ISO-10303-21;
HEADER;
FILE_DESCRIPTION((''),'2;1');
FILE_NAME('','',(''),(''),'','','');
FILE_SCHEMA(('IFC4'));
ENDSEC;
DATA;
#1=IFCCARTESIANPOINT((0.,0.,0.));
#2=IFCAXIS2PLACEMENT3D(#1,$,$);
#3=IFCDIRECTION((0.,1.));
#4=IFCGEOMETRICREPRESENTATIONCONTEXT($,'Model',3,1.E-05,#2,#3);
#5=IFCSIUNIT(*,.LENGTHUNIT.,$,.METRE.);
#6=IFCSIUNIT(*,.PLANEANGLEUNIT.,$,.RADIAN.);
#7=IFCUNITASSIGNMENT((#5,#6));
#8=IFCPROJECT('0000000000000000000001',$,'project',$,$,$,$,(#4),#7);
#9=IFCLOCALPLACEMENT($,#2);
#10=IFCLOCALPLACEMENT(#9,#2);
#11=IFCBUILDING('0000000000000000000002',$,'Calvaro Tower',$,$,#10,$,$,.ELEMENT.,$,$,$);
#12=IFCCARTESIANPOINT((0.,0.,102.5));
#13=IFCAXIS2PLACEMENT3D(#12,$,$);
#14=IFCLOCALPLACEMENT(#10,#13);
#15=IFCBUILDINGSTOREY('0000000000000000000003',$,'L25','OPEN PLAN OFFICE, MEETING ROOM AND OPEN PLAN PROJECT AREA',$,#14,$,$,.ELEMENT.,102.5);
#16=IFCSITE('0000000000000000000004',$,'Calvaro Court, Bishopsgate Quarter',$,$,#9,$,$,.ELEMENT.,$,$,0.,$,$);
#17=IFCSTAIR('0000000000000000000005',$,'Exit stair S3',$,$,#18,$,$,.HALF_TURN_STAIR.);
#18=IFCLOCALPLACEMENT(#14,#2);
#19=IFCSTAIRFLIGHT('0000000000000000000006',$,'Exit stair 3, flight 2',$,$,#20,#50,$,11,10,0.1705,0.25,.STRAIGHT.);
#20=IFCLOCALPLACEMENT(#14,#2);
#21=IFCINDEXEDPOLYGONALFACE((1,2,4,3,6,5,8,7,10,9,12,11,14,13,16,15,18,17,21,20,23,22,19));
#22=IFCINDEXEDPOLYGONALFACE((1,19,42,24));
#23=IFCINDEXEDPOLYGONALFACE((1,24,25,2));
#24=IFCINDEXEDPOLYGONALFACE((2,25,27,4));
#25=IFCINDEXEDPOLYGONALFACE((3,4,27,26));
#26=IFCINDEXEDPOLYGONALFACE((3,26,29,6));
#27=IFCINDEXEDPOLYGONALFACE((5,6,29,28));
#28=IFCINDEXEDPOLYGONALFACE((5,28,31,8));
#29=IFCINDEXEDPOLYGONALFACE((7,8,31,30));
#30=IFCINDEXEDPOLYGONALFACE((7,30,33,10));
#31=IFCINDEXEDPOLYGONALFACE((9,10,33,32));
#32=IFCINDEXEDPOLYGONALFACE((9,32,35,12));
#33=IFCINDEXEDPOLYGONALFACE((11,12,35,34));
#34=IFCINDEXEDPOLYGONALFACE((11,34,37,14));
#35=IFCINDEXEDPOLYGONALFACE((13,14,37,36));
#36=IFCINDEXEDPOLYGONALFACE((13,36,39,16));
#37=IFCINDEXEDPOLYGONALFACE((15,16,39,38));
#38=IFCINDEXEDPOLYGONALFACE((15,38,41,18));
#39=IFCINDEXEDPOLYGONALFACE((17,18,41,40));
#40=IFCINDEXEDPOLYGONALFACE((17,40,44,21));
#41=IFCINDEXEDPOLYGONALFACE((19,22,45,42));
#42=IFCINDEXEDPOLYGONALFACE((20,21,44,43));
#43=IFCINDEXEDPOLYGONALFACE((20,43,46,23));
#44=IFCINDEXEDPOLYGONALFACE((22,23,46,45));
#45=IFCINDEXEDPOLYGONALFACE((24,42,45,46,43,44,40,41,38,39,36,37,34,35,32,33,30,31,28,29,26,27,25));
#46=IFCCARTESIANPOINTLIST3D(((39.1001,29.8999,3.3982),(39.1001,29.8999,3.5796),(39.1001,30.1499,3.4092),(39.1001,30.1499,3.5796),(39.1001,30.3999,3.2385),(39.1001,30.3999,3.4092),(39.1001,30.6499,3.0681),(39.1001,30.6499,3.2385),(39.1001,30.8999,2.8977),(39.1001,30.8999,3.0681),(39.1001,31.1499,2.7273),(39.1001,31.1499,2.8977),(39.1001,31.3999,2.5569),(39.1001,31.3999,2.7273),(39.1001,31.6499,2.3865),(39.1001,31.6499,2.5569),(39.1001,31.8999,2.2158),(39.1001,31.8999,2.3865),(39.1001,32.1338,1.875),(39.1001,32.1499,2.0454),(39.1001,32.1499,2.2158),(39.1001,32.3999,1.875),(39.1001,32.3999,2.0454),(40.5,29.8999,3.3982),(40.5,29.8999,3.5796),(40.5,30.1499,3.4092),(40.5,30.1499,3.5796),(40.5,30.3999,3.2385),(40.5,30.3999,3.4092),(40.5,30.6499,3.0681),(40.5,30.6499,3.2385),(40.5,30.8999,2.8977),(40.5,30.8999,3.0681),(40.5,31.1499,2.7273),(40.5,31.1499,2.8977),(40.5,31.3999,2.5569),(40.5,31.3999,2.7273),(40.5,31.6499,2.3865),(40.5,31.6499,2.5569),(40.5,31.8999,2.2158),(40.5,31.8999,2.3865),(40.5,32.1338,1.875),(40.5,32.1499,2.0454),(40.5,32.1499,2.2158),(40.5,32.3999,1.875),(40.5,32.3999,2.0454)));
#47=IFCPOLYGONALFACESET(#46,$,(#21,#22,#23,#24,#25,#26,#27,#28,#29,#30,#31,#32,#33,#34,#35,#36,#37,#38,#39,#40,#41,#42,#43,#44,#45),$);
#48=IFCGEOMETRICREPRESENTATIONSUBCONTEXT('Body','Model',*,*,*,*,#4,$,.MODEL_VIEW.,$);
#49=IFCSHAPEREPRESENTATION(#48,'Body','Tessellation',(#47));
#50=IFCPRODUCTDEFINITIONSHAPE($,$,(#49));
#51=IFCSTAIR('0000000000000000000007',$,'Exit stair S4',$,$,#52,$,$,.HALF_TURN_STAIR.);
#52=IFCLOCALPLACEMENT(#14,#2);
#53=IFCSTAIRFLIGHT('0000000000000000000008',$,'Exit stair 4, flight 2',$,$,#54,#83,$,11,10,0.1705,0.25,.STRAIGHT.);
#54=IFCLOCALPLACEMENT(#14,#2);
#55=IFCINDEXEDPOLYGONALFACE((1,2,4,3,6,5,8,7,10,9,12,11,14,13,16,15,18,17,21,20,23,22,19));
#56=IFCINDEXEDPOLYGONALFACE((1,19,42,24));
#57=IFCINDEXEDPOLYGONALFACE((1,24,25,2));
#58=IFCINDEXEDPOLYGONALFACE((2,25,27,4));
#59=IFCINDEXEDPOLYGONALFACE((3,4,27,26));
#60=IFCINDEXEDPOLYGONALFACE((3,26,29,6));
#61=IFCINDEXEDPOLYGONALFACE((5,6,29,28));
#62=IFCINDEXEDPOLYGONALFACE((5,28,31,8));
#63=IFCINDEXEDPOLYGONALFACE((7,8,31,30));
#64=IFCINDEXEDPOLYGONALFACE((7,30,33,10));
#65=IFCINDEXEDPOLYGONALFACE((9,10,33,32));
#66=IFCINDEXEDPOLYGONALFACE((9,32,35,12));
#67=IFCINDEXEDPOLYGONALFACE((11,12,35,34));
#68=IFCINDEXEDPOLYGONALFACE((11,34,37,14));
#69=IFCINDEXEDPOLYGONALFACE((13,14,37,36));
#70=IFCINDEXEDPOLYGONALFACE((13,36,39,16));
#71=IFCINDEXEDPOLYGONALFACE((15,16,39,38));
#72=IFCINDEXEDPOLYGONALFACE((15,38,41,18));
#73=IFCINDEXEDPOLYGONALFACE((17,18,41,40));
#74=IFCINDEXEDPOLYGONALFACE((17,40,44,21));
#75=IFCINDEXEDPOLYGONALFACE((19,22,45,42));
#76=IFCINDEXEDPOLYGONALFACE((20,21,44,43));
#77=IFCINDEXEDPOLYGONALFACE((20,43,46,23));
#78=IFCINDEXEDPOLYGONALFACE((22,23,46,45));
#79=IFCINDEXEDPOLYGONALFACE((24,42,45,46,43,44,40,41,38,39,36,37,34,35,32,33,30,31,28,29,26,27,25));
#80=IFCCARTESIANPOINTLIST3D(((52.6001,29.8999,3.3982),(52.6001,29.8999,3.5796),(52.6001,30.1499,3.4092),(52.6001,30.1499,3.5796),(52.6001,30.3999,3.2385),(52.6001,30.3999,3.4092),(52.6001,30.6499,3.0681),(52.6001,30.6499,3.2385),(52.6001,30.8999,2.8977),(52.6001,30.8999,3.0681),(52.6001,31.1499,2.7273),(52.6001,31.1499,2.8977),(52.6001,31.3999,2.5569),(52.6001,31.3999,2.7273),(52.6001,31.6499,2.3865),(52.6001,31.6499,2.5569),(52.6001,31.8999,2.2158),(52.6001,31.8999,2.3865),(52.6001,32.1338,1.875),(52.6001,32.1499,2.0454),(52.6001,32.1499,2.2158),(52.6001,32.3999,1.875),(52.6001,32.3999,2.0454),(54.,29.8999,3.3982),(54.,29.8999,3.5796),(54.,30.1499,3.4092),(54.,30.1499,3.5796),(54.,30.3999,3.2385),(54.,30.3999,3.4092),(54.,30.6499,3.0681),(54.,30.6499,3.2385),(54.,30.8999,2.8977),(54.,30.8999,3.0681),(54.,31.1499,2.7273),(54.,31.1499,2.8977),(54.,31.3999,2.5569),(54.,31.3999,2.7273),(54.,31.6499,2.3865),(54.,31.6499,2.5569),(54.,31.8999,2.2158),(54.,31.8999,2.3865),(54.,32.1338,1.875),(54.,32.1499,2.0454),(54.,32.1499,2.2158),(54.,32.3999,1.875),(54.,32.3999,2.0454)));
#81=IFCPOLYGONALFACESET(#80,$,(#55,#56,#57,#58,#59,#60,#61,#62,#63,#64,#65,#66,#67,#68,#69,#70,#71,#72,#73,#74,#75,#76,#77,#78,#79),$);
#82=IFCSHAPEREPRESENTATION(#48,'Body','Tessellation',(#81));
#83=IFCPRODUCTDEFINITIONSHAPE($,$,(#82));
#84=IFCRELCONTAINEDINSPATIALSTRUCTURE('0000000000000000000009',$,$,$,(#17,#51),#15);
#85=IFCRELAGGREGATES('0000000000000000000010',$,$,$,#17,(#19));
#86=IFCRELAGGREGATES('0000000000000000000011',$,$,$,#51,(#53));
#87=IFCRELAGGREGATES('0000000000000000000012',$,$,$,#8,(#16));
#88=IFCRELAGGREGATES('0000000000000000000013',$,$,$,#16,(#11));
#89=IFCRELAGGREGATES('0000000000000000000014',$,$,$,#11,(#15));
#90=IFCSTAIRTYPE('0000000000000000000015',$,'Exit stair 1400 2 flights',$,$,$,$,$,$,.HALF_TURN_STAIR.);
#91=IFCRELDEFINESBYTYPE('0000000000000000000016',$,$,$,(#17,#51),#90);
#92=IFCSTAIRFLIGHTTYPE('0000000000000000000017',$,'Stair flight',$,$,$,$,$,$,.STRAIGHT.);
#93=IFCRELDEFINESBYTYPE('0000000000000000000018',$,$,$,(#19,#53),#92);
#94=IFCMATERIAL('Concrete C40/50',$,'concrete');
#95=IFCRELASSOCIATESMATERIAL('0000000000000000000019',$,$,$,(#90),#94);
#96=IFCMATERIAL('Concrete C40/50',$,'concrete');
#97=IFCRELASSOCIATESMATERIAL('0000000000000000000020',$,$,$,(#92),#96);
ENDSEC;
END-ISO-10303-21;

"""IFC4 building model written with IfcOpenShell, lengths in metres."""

from ifc_helpers import new_model, si_unit, direction, frame, origin, place, context, subcontext, project, spatial, polyline, outline, extrude, material, type_object, element, aggregate, save


model = new_model("IFC4")

# Units and contexts
model_context = context("Model", 3, precision=1e-05, world=origin(), true_north=direction((0.0, 1.0)))
body_context = subcontext(model_context, "Body", "Model", "MODEL_VIEW")
ifc_project = project(units=[si_unit("LENGTHUNIT", "METRE"), si_unit("PLANEANGLEUNIT", "RADIAN")], contexts=[model_context])

# Site, building, storey
site_placement = place(None, origin())
site = spatial("IfcSite", under=ifc_project, at=site_placement, Name="Calvaro Court, Bishopsgate Quarter", CompositionType="ELEMENT", RefElevation=0.0)
building_placement = place(site_placement, origin())
building = spatial("IfcBuilding", under=site, at=building_placement, Name="Calvaro Tower", CompositionType="ELEMENT")
storey_placement = place(building_placement, frame((0.0, 0.0, 102.5)))
storey = spatial("IfcBuildingStorey", under=building, at=storey_placement, Name="L25", Description="OPEN PLAN OFFICE, MEETING ROOM AND OPEN PLAN PROJECT AREA", CompositionType="ELEMENT", Elevation=102.5)

# Stairs, stair flights
ifc_material_1 = material(Name="Concrete C40/50", Category="concrete")
stair_type = type_object("IfcStairType", Name="Exit stair 1400 2 flights", PredefinedType="HALF_TURN_STAIR", material=ifc_material_1)
stair_1_placement = place(storey_placement, origin())
stair_1 = element("IfcStair", 1, at=stair_1_placement, inside=storey, type_object=stair_type, Name="Exit stair S3", PredefinedType="HALF_TURN_STAIR")
ifc_material_2 = material(Name="Concrete C40/50", Category="concrete")
stair_flight_type = type_object("IfcStairFlightType", Name="Stair flight", PredefinedType="STRAIGHT", material=ifc_material_2)
stair_flight_1_placement = place(storey_placement, frame((39.8, 32.3999, 1.875), z_axis=(0.0, 0.0, 1.0), x_axis=(0.0, -1.0, 0.0)))
stair_flight_1 = element("IfcStairFlight", 2, at=stair_flight_1_placement, type_object=stair_flight_type, Name="Exit stair 3, flight 2", NumberOfRisers=11, NumberOfTreads=10, PredefinedType="STRAIGHT", RiserHeight=0.1705, TreadLength=0.25, context=body_context, shape_type="SweptSolid", body=[
    extrude(outline(polyline([(0.0, 0.0), (0.0, 0.1704), (0.25, 0.1704), (0.25, 0.3408), (0.5, 0.3408), (0.5, 0.5115), (0.75, 0.5115), (0.75, 0.6819), (1.0, 0.6819), (1.0, 0.8523), (1.25, 0.8523), (1.25, 1.0227), (1.5, 1.0227), (1.5, 1.1931), (1.75, 1.1931), (1.75, 1.3635), (2.0, 1.3635), (2.0, 1.5342), (2.25, 1.5342), (2.25, 1.7046), (2.5, 1.7046), (2.5, 1.875), (2.5, 1.5232), (0.2661, 0.0), (0.0, 0.0)])), frame((0.0, 0.7, 0.0), z_axis=(0.0, -1.0, 0.0), x_axis=(1.0, 0.0, 0.0)), (0.0, 0.0, 1.0), 1.3999),
])
stair_2_placement = place(storey_placement, origin())
stair_2 = element("IfcStair", 3, at=stair_2_placement, inside=storey, type_object=stair_type, Name="Exit stair S4", PredefinedType="HALF_TURN_STAIR")
stair_flight_2_placement = place(storey_placement, frame((53.3, 32.3999, 1.875), z_axis=(0.0, 0.0, 1.0), x_axis=(0.0, -1.0, 0.0)))
stair_flight_2 = element("IfcStairFlight", 4, at=stair_flight_2_placement, type_object=stair_flight_type, Name="Exit stair 4, flight 2", NumberOfRisers=11, NumberOfTreads=10, PredefinedType="STRAIGHT", RiserHeight=0.1705, TreadLength=0.25, context=body_context, shape_type="SweptSolid", body=[
    extrude(outline(polyline([(0.0, 0.0), (0.0, 0.1704), (0.25, 0.1704), (0.25, 0.3408), (0.5, 0.3408), (0.5, 0.5115), (0.75, 0.5115), (0.75, 0.6819), (1.0, 0.6819), (1.0, 0.8523), (1.25, 0.8523), (1.25, 1.0227), (1.5, 1.0227), (1.5, 1.1931), (1.75, 1.1931), (1.75, 1.3635), (2.0, 1.3635), (2.0, 1.5342), (2.25, 1.5342), (2.25, 1.7046), (2.5, 1.7046), (2.5, 1.875), (2.5, 1.5232), (0.2661, 0.0), (0.0, 0.0)])), frame((0.0, 0.7, 0.0), z_axis=(0.0, -1.0, 0.0), x_axis=(1.0, 0.0, 0.0)), (0.0, 0.0, 1.0), 1.3999),
])

aggregate(stair_1, [stair_flight_1])
aggregate(stair_2, [stair_flight_2])

save(model, "model.ifc")
